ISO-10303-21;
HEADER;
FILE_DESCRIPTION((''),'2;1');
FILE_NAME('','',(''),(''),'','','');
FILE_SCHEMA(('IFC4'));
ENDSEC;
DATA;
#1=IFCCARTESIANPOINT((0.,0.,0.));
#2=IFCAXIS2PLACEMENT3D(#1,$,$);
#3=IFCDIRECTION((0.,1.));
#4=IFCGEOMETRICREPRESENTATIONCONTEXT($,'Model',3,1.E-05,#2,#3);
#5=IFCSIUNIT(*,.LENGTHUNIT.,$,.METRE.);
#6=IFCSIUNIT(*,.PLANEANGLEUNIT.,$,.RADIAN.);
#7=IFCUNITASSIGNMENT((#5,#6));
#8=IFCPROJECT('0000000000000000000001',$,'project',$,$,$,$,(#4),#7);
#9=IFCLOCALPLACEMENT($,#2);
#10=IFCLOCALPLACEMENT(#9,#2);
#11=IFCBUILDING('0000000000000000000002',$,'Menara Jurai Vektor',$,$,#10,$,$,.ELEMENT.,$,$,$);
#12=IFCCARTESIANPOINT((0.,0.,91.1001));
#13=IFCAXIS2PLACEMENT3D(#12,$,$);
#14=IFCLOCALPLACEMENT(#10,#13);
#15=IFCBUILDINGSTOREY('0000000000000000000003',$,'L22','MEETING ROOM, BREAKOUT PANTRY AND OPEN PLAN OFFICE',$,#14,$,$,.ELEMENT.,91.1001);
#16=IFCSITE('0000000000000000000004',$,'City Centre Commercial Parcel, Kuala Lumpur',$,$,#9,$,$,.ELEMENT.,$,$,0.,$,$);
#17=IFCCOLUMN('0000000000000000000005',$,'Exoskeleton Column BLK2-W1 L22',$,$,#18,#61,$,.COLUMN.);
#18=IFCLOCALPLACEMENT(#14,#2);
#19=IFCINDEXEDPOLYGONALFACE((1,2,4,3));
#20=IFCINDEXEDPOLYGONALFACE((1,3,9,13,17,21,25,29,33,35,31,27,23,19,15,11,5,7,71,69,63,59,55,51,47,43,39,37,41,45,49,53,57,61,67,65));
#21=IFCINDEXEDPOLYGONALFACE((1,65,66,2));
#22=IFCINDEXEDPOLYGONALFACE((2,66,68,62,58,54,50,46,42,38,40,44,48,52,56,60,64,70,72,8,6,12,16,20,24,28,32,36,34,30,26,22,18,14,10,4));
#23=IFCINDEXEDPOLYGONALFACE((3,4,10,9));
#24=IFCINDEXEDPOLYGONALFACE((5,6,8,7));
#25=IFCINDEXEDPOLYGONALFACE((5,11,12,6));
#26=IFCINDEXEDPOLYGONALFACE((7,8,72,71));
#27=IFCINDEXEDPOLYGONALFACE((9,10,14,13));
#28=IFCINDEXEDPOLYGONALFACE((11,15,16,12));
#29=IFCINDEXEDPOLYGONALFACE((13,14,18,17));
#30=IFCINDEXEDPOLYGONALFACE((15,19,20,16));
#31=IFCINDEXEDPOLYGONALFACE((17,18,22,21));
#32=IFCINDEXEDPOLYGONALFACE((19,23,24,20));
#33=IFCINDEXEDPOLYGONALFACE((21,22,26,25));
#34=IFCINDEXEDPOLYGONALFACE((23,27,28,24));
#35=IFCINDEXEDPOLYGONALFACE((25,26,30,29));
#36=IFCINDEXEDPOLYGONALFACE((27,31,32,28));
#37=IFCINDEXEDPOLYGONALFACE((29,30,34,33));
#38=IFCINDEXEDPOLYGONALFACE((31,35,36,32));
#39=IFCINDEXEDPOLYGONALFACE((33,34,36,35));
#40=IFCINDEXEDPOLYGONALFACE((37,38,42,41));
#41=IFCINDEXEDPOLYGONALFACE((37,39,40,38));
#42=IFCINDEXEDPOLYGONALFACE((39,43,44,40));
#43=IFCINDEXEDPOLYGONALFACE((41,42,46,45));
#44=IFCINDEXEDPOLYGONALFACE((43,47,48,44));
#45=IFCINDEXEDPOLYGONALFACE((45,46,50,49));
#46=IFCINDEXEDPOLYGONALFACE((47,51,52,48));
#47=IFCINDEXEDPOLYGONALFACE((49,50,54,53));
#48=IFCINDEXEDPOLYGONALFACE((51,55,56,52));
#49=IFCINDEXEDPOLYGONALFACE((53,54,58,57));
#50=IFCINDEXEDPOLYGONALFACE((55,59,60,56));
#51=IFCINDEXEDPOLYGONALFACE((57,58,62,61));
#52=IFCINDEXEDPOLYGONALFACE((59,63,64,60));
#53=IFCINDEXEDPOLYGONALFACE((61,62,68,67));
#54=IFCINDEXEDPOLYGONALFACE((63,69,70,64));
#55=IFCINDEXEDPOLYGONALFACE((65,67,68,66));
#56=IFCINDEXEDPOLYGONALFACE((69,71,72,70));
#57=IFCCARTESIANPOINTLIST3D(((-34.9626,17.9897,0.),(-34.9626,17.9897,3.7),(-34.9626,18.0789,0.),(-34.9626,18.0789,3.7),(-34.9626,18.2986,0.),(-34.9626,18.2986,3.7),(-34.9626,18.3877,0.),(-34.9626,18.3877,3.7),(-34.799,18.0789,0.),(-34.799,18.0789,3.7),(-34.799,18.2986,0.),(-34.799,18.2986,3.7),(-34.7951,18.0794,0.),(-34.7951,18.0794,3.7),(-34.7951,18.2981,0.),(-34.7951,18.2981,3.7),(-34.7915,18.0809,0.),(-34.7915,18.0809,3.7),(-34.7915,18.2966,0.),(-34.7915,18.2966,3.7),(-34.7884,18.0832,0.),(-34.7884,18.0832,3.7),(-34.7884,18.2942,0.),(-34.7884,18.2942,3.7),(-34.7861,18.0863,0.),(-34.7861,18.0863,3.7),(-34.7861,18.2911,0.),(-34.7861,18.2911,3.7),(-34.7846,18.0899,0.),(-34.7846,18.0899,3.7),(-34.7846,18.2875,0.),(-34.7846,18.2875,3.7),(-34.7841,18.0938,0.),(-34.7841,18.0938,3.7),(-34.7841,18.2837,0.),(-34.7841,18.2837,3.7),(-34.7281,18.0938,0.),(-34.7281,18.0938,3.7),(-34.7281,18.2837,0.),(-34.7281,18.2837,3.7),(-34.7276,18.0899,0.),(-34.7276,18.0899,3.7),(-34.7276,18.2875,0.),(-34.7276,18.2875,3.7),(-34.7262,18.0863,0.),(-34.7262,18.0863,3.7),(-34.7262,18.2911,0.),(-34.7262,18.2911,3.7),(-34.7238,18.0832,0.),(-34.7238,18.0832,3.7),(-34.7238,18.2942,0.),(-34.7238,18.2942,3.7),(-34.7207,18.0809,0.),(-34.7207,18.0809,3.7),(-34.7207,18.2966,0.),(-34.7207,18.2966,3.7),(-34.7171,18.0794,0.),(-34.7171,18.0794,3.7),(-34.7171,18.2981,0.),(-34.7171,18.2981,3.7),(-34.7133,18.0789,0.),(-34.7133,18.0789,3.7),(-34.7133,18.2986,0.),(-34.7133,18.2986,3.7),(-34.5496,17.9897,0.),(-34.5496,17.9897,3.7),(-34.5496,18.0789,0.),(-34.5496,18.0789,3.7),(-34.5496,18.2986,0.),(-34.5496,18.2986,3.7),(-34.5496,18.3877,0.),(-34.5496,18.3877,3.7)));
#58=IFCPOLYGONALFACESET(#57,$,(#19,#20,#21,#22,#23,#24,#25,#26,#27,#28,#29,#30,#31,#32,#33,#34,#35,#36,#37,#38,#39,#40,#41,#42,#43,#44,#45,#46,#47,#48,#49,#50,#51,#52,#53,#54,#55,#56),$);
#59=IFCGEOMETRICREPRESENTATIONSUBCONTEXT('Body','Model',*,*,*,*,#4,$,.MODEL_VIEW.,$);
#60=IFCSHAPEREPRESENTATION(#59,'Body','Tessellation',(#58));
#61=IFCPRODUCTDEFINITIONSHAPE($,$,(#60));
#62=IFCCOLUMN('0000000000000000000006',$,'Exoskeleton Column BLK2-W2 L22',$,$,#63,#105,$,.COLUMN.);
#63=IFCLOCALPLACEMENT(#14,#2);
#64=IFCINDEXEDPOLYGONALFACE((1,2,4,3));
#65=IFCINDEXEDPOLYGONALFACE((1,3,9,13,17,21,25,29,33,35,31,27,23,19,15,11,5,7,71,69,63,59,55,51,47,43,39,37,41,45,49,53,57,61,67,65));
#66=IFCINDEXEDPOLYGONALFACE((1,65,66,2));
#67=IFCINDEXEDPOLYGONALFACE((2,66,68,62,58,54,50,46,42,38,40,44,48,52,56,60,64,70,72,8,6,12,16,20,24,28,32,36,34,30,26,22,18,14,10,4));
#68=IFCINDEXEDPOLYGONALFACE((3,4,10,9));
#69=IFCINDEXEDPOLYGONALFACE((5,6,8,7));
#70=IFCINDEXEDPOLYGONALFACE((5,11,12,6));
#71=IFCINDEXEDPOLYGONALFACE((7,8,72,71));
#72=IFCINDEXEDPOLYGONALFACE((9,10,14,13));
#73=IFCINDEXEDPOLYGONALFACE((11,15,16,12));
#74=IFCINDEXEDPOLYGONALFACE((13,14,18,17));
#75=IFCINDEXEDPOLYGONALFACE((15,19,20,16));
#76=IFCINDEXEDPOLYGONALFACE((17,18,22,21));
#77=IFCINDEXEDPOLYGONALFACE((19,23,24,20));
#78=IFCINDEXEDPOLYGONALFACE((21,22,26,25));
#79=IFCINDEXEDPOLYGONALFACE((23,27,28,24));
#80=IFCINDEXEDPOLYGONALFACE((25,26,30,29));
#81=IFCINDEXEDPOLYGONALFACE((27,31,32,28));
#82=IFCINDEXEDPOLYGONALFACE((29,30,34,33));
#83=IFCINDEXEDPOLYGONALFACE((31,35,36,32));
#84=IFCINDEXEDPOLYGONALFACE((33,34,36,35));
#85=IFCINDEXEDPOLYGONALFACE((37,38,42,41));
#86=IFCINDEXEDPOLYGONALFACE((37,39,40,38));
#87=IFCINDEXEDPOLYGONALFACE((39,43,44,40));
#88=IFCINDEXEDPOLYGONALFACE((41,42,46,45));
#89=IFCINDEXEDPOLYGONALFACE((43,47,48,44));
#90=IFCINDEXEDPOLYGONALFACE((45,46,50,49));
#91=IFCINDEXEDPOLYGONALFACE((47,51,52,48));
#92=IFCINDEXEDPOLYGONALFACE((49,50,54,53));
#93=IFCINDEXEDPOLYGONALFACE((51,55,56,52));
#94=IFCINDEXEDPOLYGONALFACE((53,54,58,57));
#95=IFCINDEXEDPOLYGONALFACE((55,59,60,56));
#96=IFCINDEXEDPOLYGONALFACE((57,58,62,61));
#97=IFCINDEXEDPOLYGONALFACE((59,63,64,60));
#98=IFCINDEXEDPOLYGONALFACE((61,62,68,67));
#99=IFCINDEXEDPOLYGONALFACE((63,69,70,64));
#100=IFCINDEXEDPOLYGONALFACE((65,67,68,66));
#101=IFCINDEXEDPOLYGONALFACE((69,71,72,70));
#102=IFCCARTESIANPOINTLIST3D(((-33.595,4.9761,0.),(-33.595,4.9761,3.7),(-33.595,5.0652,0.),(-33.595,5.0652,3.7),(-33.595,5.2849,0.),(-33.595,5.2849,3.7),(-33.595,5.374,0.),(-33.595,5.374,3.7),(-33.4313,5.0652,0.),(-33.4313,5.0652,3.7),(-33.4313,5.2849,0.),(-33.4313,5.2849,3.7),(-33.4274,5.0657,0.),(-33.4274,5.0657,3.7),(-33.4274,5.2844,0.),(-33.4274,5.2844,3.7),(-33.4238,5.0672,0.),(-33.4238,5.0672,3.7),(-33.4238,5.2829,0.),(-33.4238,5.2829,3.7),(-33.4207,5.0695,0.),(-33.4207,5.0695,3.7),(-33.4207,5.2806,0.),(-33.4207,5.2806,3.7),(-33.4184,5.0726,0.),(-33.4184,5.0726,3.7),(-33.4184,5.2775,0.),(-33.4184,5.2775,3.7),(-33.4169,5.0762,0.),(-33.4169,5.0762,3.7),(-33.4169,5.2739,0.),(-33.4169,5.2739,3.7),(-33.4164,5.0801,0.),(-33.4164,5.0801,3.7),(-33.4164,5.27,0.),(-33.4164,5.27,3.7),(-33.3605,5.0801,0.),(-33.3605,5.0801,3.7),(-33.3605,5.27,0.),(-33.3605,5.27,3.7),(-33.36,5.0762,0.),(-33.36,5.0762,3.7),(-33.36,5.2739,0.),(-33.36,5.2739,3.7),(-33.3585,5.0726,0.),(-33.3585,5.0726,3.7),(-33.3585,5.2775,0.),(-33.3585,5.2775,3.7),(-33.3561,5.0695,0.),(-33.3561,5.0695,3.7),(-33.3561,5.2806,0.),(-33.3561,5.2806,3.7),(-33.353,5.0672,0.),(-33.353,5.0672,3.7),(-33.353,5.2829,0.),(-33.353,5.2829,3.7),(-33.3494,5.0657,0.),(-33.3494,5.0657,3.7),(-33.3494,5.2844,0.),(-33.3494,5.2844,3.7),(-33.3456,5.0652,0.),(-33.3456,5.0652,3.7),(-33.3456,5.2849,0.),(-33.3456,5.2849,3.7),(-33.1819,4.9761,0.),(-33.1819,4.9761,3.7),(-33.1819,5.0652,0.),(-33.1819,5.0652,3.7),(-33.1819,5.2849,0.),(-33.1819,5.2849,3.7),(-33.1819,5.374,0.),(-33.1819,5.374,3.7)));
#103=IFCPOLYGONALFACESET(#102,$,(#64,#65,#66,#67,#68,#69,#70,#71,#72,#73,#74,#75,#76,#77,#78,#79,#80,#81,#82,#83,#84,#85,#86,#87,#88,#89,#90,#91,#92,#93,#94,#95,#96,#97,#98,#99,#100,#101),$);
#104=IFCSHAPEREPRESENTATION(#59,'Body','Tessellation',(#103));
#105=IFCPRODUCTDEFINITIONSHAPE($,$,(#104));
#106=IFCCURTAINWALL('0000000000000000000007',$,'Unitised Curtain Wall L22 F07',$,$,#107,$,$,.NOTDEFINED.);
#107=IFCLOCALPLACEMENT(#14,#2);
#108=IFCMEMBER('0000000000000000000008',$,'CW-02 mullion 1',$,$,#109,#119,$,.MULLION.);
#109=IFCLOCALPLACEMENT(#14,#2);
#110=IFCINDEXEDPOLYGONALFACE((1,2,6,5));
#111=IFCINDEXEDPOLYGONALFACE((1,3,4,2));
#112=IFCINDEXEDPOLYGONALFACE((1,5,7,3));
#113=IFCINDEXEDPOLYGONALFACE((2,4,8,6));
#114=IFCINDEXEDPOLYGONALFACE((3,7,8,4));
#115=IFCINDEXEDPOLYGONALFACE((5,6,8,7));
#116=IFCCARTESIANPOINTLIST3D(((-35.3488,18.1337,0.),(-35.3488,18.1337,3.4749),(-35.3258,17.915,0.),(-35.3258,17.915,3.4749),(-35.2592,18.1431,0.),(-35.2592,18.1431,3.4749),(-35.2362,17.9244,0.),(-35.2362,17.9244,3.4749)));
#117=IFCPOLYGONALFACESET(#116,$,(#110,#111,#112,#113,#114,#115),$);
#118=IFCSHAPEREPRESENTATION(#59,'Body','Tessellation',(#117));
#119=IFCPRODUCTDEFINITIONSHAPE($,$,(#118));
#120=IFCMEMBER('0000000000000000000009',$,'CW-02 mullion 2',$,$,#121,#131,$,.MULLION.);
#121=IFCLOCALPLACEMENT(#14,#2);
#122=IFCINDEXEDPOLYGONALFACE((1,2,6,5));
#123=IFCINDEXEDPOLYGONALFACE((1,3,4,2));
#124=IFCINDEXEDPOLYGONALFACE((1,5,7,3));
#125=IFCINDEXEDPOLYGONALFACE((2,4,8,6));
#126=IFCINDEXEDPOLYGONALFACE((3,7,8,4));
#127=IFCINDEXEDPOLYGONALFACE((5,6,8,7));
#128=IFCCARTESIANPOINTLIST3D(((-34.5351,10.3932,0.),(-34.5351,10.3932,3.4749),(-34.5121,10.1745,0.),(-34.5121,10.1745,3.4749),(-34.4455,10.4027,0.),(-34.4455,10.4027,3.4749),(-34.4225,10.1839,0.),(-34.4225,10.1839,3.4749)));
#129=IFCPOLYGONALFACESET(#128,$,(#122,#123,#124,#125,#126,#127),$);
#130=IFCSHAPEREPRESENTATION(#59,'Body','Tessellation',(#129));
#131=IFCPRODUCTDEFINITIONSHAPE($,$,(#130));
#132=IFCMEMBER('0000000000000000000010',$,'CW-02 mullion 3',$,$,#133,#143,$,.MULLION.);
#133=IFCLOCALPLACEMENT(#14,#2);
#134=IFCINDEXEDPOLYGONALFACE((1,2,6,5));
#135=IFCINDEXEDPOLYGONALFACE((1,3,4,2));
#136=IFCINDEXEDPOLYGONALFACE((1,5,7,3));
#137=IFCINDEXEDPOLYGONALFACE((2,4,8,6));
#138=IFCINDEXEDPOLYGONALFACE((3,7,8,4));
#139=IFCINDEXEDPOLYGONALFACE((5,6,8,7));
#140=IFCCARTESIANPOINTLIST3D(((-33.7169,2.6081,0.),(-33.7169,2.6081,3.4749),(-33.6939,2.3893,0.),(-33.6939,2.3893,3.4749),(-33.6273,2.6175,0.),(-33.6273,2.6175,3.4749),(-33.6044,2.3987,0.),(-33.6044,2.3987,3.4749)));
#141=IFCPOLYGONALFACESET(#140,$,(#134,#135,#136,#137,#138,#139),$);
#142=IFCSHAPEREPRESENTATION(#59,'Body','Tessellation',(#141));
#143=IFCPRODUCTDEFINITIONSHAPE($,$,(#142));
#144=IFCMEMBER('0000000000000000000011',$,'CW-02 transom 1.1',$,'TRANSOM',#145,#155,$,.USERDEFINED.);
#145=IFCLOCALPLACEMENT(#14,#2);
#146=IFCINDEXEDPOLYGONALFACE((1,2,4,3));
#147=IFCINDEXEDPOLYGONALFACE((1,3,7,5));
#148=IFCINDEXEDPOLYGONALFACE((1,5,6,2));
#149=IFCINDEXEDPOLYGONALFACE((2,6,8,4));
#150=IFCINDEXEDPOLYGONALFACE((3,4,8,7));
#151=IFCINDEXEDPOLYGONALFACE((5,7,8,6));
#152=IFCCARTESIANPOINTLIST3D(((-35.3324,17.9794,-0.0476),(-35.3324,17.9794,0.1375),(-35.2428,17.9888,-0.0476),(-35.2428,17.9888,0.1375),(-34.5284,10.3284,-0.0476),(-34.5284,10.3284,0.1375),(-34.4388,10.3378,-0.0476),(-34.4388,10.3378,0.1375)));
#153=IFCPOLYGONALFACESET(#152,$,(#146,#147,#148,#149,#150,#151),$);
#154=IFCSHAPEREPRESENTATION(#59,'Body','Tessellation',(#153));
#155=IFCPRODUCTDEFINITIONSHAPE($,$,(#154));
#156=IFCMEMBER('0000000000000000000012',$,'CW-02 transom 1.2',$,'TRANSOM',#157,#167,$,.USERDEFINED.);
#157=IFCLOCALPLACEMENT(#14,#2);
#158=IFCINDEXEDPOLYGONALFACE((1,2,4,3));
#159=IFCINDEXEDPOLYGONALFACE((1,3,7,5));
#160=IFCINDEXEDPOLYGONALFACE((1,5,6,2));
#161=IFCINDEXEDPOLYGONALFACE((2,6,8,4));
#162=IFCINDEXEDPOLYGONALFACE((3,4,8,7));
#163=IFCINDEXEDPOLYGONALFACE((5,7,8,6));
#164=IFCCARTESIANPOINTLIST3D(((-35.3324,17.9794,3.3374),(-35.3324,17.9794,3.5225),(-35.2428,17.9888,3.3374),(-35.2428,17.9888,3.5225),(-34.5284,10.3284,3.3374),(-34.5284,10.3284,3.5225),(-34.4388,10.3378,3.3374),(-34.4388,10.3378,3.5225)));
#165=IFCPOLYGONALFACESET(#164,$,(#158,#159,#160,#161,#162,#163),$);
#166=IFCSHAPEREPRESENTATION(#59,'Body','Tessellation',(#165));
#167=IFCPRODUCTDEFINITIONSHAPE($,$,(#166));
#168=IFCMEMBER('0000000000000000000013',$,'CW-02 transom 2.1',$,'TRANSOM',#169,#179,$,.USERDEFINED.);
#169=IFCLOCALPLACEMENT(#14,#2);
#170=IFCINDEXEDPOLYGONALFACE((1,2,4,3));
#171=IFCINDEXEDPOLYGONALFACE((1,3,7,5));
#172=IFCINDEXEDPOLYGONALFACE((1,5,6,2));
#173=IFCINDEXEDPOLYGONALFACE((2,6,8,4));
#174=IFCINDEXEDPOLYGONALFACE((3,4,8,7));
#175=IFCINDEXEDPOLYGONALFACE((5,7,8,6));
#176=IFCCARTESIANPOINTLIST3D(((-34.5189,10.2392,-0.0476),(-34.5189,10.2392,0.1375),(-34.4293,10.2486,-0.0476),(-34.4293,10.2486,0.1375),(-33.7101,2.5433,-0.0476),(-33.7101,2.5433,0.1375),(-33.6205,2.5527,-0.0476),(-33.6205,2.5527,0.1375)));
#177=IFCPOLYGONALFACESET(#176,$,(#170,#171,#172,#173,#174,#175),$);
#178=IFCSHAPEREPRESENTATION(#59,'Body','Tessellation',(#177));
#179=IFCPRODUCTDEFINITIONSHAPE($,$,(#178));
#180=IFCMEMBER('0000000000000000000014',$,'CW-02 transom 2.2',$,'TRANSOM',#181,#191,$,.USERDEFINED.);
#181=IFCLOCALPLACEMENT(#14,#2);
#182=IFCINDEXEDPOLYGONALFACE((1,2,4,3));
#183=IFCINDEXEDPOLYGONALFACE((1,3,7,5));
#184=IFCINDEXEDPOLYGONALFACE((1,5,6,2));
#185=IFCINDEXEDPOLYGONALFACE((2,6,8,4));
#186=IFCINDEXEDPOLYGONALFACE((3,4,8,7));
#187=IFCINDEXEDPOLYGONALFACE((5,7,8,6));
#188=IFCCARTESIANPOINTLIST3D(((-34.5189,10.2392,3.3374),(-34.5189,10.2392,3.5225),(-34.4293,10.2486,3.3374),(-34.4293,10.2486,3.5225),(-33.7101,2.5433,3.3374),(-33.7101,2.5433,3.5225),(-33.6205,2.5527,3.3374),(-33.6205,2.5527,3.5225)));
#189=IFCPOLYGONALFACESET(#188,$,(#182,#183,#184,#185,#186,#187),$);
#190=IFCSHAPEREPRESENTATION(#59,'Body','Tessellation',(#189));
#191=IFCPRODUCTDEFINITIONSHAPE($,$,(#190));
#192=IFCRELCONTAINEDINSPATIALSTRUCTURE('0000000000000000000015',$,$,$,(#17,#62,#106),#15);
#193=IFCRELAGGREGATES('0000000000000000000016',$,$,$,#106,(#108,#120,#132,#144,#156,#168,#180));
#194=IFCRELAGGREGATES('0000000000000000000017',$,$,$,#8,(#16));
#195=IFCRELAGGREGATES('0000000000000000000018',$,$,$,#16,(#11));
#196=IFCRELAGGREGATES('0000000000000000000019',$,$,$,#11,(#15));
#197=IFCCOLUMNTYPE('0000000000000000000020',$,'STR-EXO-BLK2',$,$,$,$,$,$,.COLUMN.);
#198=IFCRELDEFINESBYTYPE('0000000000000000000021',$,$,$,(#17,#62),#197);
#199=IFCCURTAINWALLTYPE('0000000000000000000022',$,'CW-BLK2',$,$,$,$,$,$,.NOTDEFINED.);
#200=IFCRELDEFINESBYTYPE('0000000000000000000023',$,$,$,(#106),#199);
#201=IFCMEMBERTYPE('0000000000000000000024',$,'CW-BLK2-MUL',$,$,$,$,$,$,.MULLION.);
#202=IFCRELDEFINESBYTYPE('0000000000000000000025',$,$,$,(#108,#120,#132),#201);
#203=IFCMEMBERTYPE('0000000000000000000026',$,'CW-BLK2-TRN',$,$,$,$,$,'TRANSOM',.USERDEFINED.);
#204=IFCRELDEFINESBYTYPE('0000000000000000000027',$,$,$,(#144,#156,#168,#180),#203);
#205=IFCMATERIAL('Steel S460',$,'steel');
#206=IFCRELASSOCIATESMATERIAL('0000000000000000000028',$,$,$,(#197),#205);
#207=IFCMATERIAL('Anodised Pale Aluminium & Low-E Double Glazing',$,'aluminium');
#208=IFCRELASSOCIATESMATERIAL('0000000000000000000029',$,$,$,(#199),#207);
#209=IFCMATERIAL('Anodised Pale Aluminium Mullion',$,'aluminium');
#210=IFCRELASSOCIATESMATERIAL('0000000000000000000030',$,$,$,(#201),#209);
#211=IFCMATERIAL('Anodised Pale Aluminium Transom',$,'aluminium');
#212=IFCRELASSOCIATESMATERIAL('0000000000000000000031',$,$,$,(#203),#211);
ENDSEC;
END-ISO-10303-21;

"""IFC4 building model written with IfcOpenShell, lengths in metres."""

from ifc_helpers import new_model, si_unit, direction, frame, origin, origin_2d, place, context, subcontext, project, spatial, rectangle, i_section, extrude, material, material_profile, profile_set, type_object, element, aggregate, save


model = new_model("IFC4")

# Units and contexts
model_context = context("Model", 3, precision=1e-05, world=origin(), true_north=direction((0.0, 1.0)))
body_context = subcontext(model_context, "Body", "Model", "MODEL_VIEW")
ifc_project = project(units=[si_unit("LENGTHUNIT", "METRE"), si_unit("PLANEANGLEUNIT", "RADIAN")], contexts=[model_context])

# Site, building, storey
site_placement = place(None, origin())
site = spatial("IfcSite", under=ifc_project, at=site_placement, Name="City Centre Commercial Parcel, Kuala Lumpur", CompositionType="ELEMENT", RefElevation=0.0)
building_placement = place(site_placement, origin())
building = spatial("IfcBuilding", under=site, at=building_placement, Name="Menara Jurai Vektor", CompositionType="ELEMENT")
storey_placement = place(building_placement, frame((0.0, 0.0, 91.1001)))
storey = spatial("IfcBuildingStorey", under=building, at=storey_placement, Name="L22", Description="MEETING ROOM, BREAKOUT PANTRY AND OPEN PLAN OFFICE", CompositionType="ELEMENT", Elevation=91.1001)

# Columns
ifc_material_1 = material(Name="Steel S460", Category="steel")
ifc_material_profile_1 = material_profile(ifc_material_1, i_section(OverallWidth=0.4131, OverallDepth=0.3979, WebThickness=0.0559, FlangeThickness=0.0891, FilletRadius=0.0149, at=origin_2d()), Name="HD 400x744")
ifc_profile_set_1 = profile_set([ifc_material_profile_1], Name="Steel S460")
column_type = type_object("IfcColumnType", Name="STR-EXO-BLK2", PredefinedType="COLUMN", material=ifc_profile_set_1)
for number, where, z_axis, x_axis, name in (
    (1, (-34.7561, 18.1887, 0.0), (0.0, 0.0, 1.0), (1.0, 0.0, 0.0), "Exoskeleton Column BLK2-W1 L22"),
    (2, (-33.3884, 5.175, 0.0), (0.0, 0.0, 1.0), (1.0, 0.0, 0.0), "Exoskeleton Column BLK2-W2 L22"),
):
    element("IfcColumn", number, at=place(storey_placement, frame(where, z_axis=z_axis, x_axis=x_axis)), inside=storey, type_object=column_type, Name=name, PredefinedType="COLUMN", context=body_context, shape_type="SweptSolid", body=[
        extrude(i_section(OverallWidth=0.4131, OverallDepth=0.3979, WebThickness=0.0559, FlangeThickness=0.0891, FilletRadius=0.0149, at=origin_2d()), origin(), (0.0, 0.0, 1.0), 3.7),
    ])

# Curtain wall, members
ifc_material_2 = material(Name="Anodised Pale Aluminium & Low-E Double Glazing", Category="aluminium")
curtain_wall_type = type_object("IfcCurtainWallType", Name="CW-BLK2", PredefinedType="NOTDEFINED", material=ifc_material_2)
curtain_wall_placement = place(storey_placement, origin())
curtain_wall = element("IfcCurtainWall", 3, at=curtain_wall_placement, inside=storey, type_object=curtain_wall_type, Name="Unitised Curtain Wall L22 F07", PredefinedType="NOTDEFINED")
ifc_material_3 = material(Name="Anodised Pale Aluminium Mullion", Category="aluminium")
ifc_material_profile_2 = material_profile(ifc_material_3, rectangle(XDim=0.0901, YDim=0.22, at=origin_2d()), Name="ALU MUL 90x220")
ifc_profile_set_2 = profile_set([ifc_material_profile_2], Name="Anodised Pale Aluminium Mullion")
member_type_1 = type_object("IfcMemberType", Name="CW-BLK2-MUL", PredefinedType="MULLION", material=ifc_profile_set_2)
member_1_placement = place(storey_placement, frame((-35.2925, 18.0291, 0.0), z_axis=(0.0, 0.0, 1.0), x_axis=(0.994522, 0.10453, 0.0)))
member_1 = element("IfcMember", 4, at=member_1_placement, type_object=member_type_1, Name="CW-02 mullion 1", PredefinedType="MULLION", context=body_context, shape_type="SweptSolid", body=[
    extrude(rectangle(XDim=0.0901, YDim=0.22, at=origin_2d()), origin(), (0.0, 0.0, 1.0), 3.4749),
])
member_2_placement = place(storey_placement, frame((-34.4788, 10.2886, 0.0), z_axis=(0.0, 0.0, 1.0), x_axis=(0.994522, 0.10453, 0.0)))
member_2 = element("IfcMember", 5, at=member_2_placement, type_object=member_type_1, Name="CW-02 mullion 2", PredefinedType="MULLION", context=body_context, shape_type="SweptSolid", body=[
    extrude(rectangle(XDim=0.0901, YDim=0.22, at=origin_2d()), origin(), (0.0, 0.0, 1.0), 3.4749),
])
member_3_placement = place(storey_placement, frame((-33.6606, 2.5034, 0.0), z_axis=(0.0, 0.0, 1.0), x_axis=(0.994522, 0.10453, 0.0)))
member_3 = element("IfcMember", 6, at=member_3_placement, type_object=member_type_1, Name="CW-02 mullion 3", PredefinedType="MULLION", context=body_context, shape_type="SweptSolid", body=[
    extrude(rectangle(XDim=0.0901, YDim=0.22, at=origin_2d()), origin(), (0.0, 0.0, 1.0), 3.4749),
])
ifc_material_4 = material(Name="Anodised Pale Aluminium Transom", Category="aluminium")
ifc_material_profile_3 = material_profile(ifc_material_4, rectangle(XDim=0.0901, YDim=0.1851, at=origin_2d()), Name="ALU TRN 90x185")
ifc_profile_set_3 = profile_set([ifc_material_profile_3], Name="Anodised Pale Aluminium Transom")
member_type_2 = type_object("IfcMemberType", Name="CW-BLK2-TRN", ElementType="TRANSOM", PredefinedType="USERDEFINED", material=ifc_profile_set_3)
member_4_placement = place(storey_placement, frame((-35.2876, 17.9841, 0.0449), z_axis=(0.104505, -0.994524, 0.0), x_axis=(0.994524, 0.104505, 0.0)))
member_4 = element("IfcMember", 7, at=member_4_placement, type_object=member_type_2, Name="CW-02 transom 1.1", ObjectType="TRANSOM", PredefinedType="USERDEFINED", context=body_context, shape_type="SweptSolid", body=[
    extrude(rectangle(XDim=0.0901, YDim=0.1851, at=origin_2d()), origin(), (0.0, 0.0, 1.0), 7.6931),
])
member_5_placement = place(storey_placement, frame((-35.2876, 17.9841, 3.4299), z_axis=(0.104505, -0.994524, 0.0), x_axis=(0.994524, 0.104505, 0.0)))
member_5 = element("IfcMember", 8, at=member_5_placement, type_object=member_type_2, Name="CW-02 transom 1.2", ObjectType="TRANSOM", PredefinedType="USERDEFINED", context=body_context, shape_type="SweptSolid", body=[
    extrude(rectangle(XDim=0.0901, YDim=0.1851, at=origin_2d()), origin(), (0.0, 0.0, 1.0), 7.6931),
])
member_6_placement = place(storey_placement, frame((-34.4741, 10.2439, 0.0449), z_axis=(0.104525, -0.994522, 0.0), x_axis=(0.994522, 0.104525, 0.0)))
member_6 = element("IfcMember", 9, at=member_6_placement, type_object=member_type_2, Name="CW-02 transom 2.1", ObjectType="TRANSOM", PredefinedType="USERDEFINED", context=body_context, shape_type="SweptSolid", body=[
    extrude(rectangle(XDim=0.0901, YDim=0.1851, at=origin_2d()), origin(), (0.0, 0.0, 1.0), 7.7383),
])
member_7_placement = place(storey_placement, frame((-34.4741, 10.2439, 3.4299), z_axis=(0.104525, -0.994522, 0.0), x_axis=(0.994522, 0.104525, 0.0)))
member_7 = element("IfcMember", 10, at=member_7_placement, type_object=member_type_2, Name="CW-02 transom 2.2", ObjectType="TRANSOM", PredefinedType="USERDEFINED", context=body_context, shape_type="SweptSolid", body=[
    extrude(rectangle(XDim=0.0901, YDim=0.1851, at=origin_2d()), origin(), (0.0, 0.0, 1.0), 7.7383),
])

aggregate(curtain_wall, [member_1, member_2, member_3, member_4, member_5, member_6, member_7])

save(model, "model.ifc")
